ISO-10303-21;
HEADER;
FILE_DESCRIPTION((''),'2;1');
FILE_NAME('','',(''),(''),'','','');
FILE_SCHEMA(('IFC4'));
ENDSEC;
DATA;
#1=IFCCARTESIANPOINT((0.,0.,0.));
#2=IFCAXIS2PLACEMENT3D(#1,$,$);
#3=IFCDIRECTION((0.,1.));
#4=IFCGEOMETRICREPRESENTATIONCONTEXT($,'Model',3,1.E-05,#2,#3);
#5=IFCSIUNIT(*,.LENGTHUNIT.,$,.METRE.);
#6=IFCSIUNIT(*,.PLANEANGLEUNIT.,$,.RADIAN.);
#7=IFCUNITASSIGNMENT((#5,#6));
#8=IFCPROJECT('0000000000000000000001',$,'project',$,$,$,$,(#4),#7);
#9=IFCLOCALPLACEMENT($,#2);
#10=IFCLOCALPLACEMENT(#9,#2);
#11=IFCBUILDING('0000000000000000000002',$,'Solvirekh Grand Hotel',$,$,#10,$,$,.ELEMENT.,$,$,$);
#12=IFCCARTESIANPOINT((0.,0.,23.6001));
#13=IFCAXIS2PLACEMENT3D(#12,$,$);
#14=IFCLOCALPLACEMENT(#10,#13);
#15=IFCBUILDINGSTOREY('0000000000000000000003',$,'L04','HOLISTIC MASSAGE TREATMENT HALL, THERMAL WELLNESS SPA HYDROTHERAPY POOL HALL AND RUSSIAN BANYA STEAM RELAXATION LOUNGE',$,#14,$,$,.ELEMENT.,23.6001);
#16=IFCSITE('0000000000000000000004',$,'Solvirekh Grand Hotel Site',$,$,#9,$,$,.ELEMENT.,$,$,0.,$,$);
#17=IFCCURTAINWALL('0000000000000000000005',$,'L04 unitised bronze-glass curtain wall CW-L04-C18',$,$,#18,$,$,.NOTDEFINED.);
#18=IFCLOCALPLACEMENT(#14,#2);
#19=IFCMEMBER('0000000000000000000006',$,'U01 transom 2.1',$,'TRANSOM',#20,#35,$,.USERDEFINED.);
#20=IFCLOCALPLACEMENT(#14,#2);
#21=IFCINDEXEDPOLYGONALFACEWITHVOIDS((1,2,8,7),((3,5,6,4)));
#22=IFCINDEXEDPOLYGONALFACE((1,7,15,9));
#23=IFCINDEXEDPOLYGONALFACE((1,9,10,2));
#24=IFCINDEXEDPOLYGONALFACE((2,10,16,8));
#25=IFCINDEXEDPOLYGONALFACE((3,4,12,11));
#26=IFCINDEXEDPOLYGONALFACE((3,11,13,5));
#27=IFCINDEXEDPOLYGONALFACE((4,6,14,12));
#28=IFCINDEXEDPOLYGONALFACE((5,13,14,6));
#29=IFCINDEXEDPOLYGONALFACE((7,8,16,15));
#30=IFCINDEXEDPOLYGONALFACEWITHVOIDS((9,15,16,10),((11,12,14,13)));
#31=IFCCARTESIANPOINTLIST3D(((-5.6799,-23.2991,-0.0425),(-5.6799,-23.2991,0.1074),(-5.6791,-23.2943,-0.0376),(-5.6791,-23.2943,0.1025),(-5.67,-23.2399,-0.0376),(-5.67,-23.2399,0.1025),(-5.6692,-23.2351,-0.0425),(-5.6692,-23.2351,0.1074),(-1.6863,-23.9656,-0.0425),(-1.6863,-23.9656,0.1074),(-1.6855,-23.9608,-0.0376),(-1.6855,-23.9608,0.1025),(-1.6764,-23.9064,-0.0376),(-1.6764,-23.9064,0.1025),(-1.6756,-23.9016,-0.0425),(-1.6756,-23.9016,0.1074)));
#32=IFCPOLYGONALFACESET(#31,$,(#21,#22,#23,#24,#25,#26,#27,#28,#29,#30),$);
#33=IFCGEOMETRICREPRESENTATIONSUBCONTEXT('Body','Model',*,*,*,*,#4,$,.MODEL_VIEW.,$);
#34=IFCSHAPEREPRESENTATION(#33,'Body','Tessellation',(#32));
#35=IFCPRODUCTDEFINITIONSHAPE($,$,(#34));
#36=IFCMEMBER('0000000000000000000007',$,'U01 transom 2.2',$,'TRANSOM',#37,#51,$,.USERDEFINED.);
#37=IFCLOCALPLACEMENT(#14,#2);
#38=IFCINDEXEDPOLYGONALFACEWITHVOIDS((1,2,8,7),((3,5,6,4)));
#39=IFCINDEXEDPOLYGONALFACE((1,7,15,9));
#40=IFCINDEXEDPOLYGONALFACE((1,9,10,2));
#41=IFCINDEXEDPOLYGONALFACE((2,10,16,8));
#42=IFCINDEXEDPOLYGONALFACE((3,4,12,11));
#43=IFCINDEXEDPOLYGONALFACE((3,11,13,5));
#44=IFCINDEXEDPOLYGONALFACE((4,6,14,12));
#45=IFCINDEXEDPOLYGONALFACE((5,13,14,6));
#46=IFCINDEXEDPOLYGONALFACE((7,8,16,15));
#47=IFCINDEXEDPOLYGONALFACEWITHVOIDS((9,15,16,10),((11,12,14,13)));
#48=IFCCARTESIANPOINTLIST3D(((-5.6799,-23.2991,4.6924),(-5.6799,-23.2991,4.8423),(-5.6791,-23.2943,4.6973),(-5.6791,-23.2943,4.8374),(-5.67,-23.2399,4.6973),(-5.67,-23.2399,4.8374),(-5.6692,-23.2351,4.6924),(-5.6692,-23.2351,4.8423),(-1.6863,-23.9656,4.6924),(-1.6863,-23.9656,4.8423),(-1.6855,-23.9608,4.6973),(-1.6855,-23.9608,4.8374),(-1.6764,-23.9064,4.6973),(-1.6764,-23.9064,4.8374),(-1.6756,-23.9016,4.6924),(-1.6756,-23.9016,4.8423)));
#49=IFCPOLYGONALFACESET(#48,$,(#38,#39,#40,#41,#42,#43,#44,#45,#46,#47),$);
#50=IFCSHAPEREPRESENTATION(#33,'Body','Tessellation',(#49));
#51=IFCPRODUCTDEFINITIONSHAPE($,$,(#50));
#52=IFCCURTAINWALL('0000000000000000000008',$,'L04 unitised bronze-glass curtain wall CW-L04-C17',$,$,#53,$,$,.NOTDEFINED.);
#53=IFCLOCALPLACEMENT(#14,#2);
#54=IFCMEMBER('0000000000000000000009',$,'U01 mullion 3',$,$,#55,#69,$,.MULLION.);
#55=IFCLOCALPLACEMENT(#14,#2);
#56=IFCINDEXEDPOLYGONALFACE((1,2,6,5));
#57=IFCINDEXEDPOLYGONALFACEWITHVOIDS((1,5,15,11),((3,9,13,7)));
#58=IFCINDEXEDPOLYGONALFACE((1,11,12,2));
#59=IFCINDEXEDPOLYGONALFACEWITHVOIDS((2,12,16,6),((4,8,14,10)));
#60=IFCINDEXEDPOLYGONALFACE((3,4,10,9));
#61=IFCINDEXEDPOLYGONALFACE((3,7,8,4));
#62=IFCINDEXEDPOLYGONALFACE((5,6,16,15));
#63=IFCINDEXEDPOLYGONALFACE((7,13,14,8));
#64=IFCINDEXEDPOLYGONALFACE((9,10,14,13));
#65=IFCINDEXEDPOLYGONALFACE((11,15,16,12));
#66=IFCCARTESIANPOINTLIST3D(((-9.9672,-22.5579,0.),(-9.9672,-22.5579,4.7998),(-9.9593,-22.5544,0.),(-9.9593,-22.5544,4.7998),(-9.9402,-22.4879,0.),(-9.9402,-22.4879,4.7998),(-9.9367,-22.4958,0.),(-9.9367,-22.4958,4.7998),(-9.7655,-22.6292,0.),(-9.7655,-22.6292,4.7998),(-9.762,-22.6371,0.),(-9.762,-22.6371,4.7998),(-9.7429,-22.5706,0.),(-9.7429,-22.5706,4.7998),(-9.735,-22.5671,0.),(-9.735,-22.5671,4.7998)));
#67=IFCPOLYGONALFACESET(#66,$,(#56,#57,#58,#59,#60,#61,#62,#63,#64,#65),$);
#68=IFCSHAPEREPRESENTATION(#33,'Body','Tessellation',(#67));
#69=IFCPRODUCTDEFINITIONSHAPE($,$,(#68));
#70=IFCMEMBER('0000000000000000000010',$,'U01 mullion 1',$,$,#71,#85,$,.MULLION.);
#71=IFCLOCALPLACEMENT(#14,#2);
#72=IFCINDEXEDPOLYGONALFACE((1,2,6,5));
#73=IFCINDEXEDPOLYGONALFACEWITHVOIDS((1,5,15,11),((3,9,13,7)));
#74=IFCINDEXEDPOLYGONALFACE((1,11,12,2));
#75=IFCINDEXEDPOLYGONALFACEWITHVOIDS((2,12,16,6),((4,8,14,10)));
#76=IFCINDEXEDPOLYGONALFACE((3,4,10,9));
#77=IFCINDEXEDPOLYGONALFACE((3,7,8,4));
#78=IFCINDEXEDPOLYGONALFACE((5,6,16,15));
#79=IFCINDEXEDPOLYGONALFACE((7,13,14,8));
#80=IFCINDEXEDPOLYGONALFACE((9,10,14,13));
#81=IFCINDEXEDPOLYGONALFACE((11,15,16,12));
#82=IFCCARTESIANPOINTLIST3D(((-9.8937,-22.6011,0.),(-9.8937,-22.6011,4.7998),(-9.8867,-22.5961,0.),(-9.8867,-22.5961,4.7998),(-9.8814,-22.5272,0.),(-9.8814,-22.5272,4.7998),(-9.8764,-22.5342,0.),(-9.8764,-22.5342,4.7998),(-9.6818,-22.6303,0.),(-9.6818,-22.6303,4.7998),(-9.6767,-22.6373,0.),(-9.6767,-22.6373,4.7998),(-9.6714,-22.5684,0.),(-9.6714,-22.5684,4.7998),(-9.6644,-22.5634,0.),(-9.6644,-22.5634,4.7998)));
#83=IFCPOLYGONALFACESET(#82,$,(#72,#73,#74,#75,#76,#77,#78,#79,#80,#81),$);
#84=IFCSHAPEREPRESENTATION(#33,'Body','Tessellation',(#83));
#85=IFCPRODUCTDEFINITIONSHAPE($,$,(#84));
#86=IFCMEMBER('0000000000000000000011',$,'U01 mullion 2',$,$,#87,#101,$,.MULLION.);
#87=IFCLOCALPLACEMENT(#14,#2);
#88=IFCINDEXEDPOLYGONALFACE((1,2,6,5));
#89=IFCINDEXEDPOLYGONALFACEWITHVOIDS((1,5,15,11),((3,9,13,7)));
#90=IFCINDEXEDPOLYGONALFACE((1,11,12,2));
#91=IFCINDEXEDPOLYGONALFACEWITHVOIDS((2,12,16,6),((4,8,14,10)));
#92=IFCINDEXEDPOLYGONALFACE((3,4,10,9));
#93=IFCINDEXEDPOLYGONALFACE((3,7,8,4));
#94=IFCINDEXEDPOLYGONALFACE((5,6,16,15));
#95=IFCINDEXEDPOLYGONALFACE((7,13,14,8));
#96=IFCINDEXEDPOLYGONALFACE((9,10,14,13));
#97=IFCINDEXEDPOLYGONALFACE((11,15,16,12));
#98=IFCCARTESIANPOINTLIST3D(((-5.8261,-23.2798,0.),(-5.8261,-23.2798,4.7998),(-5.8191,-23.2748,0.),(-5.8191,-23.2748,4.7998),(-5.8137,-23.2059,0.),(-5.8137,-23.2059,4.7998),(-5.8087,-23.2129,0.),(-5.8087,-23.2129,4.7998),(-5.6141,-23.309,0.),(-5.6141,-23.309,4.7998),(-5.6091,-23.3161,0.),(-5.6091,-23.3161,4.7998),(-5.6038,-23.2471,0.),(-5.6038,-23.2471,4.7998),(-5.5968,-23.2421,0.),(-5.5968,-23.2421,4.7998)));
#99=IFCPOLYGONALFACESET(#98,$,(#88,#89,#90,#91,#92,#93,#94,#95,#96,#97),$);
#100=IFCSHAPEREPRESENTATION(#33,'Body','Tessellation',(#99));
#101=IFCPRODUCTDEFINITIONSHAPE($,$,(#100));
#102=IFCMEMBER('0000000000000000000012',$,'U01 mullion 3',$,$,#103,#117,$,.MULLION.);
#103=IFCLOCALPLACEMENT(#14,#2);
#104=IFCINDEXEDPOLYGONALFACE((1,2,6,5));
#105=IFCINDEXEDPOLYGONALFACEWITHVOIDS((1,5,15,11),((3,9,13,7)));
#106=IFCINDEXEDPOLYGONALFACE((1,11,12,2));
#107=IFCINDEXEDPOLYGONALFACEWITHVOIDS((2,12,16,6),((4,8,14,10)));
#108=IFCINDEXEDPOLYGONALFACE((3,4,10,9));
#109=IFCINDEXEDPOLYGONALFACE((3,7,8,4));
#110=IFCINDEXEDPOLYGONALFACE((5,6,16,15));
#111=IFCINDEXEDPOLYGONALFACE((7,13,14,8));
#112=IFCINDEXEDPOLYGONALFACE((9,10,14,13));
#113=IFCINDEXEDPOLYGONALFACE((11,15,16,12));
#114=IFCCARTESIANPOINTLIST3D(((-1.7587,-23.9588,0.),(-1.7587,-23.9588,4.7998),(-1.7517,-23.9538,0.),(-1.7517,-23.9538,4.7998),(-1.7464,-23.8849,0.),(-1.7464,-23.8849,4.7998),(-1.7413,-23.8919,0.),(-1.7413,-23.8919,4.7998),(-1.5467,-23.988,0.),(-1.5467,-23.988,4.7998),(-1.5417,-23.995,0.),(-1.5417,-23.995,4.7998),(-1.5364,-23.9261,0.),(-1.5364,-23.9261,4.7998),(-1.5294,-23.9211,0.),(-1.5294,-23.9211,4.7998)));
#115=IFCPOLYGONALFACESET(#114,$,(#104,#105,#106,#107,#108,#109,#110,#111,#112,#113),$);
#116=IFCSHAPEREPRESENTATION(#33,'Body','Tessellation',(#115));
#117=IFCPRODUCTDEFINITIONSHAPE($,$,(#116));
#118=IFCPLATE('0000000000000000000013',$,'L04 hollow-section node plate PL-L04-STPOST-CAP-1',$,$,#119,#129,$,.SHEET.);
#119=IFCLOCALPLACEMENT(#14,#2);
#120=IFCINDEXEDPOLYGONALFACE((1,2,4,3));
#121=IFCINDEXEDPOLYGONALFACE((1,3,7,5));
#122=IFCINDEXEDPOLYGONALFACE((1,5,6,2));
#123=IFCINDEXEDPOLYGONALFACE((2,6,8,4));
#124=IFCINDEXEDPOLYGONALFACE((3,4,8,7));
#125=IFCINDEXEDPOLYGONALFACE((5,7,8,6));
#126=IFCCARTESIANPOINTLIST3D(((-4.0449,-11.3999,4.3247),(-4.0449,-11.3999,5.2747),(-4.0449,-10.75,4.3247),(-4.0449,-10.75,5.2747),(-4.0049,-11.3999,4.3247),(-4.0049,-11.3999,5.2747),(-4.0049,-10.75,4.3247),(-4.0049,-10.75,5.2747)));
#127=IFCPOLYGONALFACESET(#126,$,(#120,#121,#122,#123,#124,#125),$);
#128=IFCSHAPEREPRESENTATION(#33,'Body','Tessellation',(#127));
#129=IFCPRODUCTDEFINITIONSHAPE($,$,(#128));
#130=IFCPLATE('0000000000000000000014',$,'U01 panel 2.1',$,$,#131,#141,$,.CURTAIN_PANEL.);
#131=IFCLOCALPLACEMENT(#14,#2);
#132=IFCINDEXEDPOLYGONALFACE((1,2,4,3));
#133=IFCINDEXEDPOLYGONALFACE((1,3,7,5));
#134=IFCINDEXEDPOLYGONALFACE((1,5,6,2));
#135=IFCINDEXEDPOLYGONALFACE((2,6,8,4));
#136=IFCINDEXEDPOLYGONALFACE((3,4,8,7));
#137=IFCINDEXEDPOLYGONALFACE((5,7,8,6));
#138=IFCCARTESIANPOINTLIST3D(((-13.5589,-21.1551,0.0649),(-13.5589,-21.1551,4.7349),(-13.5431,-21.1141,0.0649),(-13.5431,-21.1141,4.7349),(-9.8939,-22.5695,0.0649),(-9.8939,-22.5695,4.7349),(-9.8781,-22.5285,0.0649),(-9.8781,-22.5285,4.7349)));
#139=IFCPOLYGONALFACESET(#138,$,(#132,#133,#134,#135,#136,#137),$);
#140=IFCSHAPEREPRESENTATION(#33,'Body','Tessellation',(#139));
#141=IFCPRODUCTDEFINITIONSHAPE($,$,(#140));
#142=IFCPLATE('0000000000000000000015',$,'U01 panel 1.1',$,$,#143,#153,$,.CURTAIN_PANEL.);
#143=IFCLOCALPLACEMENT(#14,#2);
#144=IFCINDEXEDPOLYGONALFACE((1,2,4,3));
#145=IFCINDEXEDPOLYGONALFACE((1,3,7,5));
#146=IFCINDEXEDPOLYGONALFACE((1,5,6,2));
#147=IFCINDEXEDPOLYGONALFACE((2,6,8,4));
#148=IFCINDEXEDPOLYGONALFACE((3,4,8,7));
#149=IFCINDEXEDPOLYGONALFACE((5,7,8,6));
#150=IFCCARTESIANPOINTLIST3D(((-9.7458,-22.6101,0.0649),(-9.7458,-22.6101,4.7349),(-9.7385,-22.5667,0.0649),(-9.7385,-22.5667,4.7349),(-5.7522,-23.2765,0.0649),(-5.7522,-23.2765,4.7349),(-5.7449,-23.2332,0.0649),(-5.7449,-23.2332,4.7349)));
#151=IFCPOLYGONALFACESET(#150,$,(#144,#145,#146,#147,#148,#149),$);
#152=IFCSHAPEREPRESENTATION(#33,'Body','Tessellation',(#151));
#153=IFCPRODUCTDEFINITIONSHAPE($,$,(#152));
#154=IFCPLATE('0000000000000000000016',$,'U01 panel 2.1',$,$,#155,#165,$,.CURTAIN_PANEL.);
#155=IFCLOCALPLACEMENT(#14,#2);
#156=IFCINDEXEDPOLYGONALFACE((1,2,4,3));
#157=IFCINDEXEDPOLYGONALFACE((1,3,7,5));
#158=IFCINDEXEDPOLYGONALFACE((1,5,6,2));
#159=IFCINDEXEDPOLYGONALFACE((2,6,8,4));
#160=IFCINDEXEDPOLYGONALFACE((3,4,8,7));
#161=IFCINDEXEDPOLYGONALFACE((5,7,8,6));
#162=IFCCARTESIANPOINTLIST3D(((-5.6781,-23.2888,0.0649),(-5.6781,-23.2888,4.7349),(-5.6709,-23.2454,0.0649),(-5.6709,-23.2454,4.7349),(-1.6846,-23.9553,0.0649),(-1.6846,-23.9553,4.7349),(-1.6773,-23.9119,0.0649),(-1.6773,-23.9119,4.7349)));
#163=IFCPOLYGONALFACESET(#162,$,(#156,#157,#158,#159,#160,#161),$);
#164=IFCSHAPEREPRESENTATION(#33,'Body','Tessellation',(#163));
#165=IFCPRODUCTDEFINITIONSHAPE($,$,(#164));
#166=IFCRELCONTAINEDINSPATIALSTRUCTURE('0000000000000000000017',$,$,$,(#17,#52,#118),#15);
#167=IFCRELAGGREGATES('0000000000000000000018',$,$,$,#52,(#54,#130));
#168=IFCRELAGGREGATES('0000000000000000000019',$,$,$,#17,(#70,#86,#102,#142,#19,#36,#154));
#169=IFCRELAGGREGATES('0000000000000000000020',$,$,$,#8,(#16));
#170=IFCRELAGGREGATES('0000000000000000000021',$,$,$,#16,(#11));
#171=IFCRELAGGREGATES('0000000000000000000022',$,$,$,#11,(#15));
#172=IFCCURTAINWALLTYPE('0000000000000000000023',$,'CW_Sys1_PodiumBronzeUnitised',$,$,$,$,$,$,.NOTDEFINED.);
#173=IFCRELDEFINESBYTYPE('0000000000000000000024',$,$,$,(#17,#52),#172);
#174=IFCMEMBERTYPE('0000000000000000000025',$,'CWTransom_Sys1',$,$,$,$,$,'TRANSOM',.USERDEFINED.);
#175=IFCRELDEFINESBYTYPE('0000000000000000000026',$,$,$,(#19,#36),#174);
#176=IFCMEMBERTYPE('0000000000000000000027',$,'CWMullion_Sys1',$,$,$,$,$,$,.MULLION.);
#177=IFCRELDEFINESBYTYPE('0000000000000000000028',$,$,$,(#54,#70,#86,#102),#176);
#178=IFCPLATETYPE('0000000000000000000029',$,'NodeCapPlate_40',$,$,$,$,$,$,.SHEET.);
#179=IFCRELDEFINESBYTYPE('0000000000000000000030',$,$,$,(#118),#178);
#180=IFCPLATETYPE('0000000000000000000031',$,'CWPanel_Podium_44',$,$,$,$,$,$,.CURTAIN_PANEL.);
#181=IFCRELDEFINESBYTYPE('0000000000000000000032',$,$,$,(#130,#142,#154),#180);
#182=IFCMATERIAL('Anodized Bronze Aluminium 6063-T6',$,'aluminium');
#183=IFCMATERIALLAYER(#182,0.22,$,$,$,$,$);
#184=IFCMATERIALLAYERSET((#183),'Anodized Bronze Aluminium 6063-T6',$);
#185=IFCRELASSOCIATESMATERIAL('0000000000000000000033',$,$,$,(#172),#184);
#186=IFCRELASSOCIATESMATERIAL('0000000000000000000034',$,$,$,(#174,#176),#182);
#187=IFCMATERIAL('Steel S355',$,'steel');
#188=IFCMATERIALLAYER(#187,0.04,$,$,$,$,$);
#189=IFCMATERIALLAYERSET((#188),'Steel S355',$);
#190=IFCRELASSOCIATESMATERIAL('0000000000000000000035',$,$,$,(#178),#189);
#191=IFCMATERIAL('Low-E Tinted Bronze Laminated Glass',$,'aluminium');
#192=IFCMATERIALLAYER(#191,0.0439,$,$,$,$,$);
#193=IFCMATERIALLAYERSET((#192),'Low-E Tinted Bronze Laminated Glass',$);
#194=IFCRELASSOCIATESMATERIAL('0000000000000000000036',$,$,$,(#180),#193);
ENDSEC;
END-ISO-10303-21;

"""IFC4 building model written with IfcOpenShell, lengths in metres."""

from ifc_helpers import new_model, si_unit, direction, frame, origin, origin_2d, place, context, subcontext, project, spatial, rectangle, hollow_rectangle, extrude, source, transform, mapped, material, layer, layer_set, material_profile, profile_set, type_object, element, aggregate, save


model = new_model("IFC4")

# Units and contexts
model_context = context("Model", 3, precision=1e-05, world=origin(), true_north=direction((0.0, 1.0)))
body_context = subcontext(model_context, "Body", "Model", "MODEL_VIEW")
ifc_project = project(units=[si_unit("LENGTHUNIT", "METRE"), si_unit("PLANEANGLEUNIT", "RADIAN")], contexts=[model_context])

# Site, building, storey
site_placement = place(None, origin())
site = spatial("IfcSite", under=ifc_project, at=site_placement, Name="Solvirekh Grand Hotel Site", CompositionType="ELEMENT", RefElevation=0.0)
building_placement = place(site_placement, origin())
building = spatial("IfcBuilding", under=site, at=building_placement, Name="Solvirekh Grand Hotel", CompositionType="ELEMENT")
storey_placement = place(building_placement, frame((0.0, 0.0, 23.6001)))
storey = spatial("IfcBuildingStorey", under=building, at=storey_placement, Name="L04", Description="HOLISTIC MASSAGE TREATMENT HALL, THERMAL WELLNESS SPA HYDROTHERAPY POOL HALL AND RUSSIAN BANYA STEAM RELAXATION LOUNGE", CompositionType="ELEMENT", Elevation=23.6001)

# Shared definitions
ifc_material_1 = material(Name="Steel S355", Category="steel")

# Curtain wall, members
ifc_material_2 = material(Name="Anodized Bronze Aluminium 6063-T6", Category="aluminium")
ifc_layer_1 = layer(ifc_material_2, 0.22)
ifc_layer_set_1 = layer_set([ifc_layer_1], Name="Anodized Bronze Aluminium 6063-T6")
curtain_wall_type = type_object("IfcCurtainWallType", Name="CW_Sys1_PodiumBronzeUnitised", PredefinedType="NOTDEFINED", material=ifc_layer_set_1)
curtain_wall_1_placement = place(storey_placement, origin())
curtain_wall_1 = element("IfcCurtainWall", 1, at=curtain_wall_1_placement, inside=storey, type_object=curtain_wall_type, Name="L04 unitised bronze-glass curtain wall CW-L04-C18", PredefinedType="NOTDEFINED")
ifc_material_profile_1 = material_profile(ifc_material_2, hollow_rectangle(XDim=0.0649, YDim=0.1499, WallThickness=0.0049, at=origin_2d()), Name="ALU RHS 150X65X5")
ifc_profile_set_1 = profile_set([ifc_material_profile_1], Name="Anodized Bronze Aluminium 6063-T6")
member_type_1 = type_object("IfcMemberType", Name="CWTransom_Sys1", ElementType="TRANSOM", PredefinedType="USERDEFINED", material=ifc_profile_set_1)
shared_shape_1 = source(origin(), body_context, "Body", "SweptSolid", [
    extrude(hollow_rectangle(XDim=0.0649, YDim=0.1499, WallThickness=0.0049, at=origin_2d()), origin(), (0.0, 0.0, 1.0), 4.0488),
])
member_1_placement = place(storey_placement, frame((-5.6746, -23.2671, 0.0325), z_axis=(0.986358, -0.164614, 0.0), x_axis=(0.164614, 0.986358, 0.0)))
member_1 = element("IfcMember", 2, at=member_1_placement, type_object=member_type_1, Name="U01 transom 2.1", ObjectType="TRANSOM", PredefinedType="USERDEFINED", context=body_context, shape_type="MappedRepresentation", body=[
    mapped(shared_shape_1, transform((0.0, 0.0, 0.0), x_axis=(1.0, 0.0, 0.0), y_axis=(0.0, 1.0, 0.0), z_axis=(0.0, 0.0, 1.0), scale=1.0)),
])
member_2_placement = place(storey_placement, frame((-5.6746, -23.2671, 4.7673), z_axis=(0.986358, -0.164614, 0.0), x_axis=(0.164614, 0.986358, 0.0)))
member_2 = element("IfcMember", 3, at=member_2_placement, type_object=member_type_1, Name="U01 transom 2.2", ObjectType="TRANSOM", PredefinedType="USERDEFINED", context=body_context, shape_type="MappedRepresentation", body=[
    mapped(shared_shape_1, transform((0.0, 0.0, 0.0), x_axis=(1.0, 0.0, 0.0), y_axis=(0.0, 1.0, 0.0), z_axis=(0.0, 0.0, 1.0), scale=1.0)),
])

# Curtain wall, member
curtain_wall_2_placement = place(storey_placement, origin())
curtain_wall_2 = element("IfcCurtainWall", 4, at=curtain_wall_2_placement, inside=storey, type_object=curtain_wall_type, Name="L04 unitised bronze-glass curtain wall CW-L04-C17", PredefinedType="NOTDEFINED")
ifc_material_profile_2 = material_profile(ifc_material_2, hollow_rectangle(XDim=0.075, YDim=0.22, WallThickness=0.0061, at=origin_2d()), Name="ALU RHS 220X75X6")
ifc_profile_set_2 = profile_set([ifc_material_profile_2], Name="Anodized Bronze Aluminium 6063-T6")
member_type_2 = type_object("IfcMemberType", Name="CWMullion_Sys1", PredefinedType="MULLION", material=ifc_profile_set_2)
shared_shape_2 = source(origin(), body_context, "Body", "SweptSolid", [
    extrude(hollow_rectangle(XDim=0.075, YDim=0.22, WallThickness=0.0061, at=origin_2d()), origin(), (0.0, 0.0, 1.0), 4.7998),
])
member_3_placement = place(storey_placement, frame((-9.8511, -22.5625, 0.0), z_axis=(0.0, 0.0, 1.0), x_axis=(0.360057, 0.93293, 0.0)))
member_3 = element("IfcMember", 5, at=member_3_placement, type_object=member_type_2, Name="U01 mullion 3", PredefinedType="MULLION", context=body_context, shape_type="MappedRepresentation", body=[
    mapped(shared_shape_2, transform((0.0, 0.0, 0.0), x_axis=(1.0, 0.0, 0.0), y_axis=(0.0, 1.0, 0.0), z_axis=(0.0, 0.0, 1.0), scale=1.0)),
])

# Members
member_4_placement = place(storey_placement, frame((-9.7791, -22.5823, 0.0), z_axis=(0.0, 0.0, 1.0), x_axis=(0.164613, 0.986358, 0.0)))
member_4 = element("IfcMember", 6, at=member_4_placement, type_object=member_type_2, Name="U01 mullion 1", PredefinedType="MULLION", context=body_context, shape_type="MappedRepresentation", body=[
    mapped(shared_shape_2, transform((0.0, 0.0, 0.0), x_axis=(1.0, 0.0, 0.0), y_axis=(0.0, 1.0, 0.0), z_axis=(0.0, 0.0, 1.0), scale=1.0)),
])
member_5_placement = place(storey_placement, frame((-5.7114, -23.261, 0.0), z_axis=(0.0, 0.0, 1.0), x_axis=(0.164613, 0.986358, 0.0)))
member_5 = element("IfcMember", 7, at=member_5_placement, type_object=member_type_2, Name="U01 mullion 2", PredefinedType="MULLION", context=body_context, shape_type="MappedRepresentation", body=[
    mapped(shared_shape_2, transform((0.0, 0.0, 0.0), x_axis=(1.0, 0.0, 0.0), y_axis=(0.0, 1.0, 0.0), z_axis=(0.0, 0.0, 1.0), scale=1.0)),
])
member_6_placement = place(storey_placement, frame((-1.644, -23.9399, 0.0), z_axis=(0.0, 0.0, 1.0), x_axis=(0.164613, 0.986358, 0.0)))
member_6 = element("IfcMember", 8, at=member_6_placement, type_object=member_type_2, Name="U01 mullion 3", PredefinedType="MULLION", context=body_context, shape_type="MappedRepresentation", body=[
    mapped(shared_shape_2, transform((0.0, 0.0, 0.0), x_axis=(1.0, 0.0, 0.0), y_axis=(0.0, 1.0, 0.0), z_axis=(0.0, 0.0, 1.0), scale=1.0)),
])

# Plates
ifc_layer_2 = layer(ifc_material_1, 0.04)
ifc_layer_set_2 = layer_set([ifc_layer_2], Name="Steel S355")
plate_type_1 = type_object("IfcPlateType", Name="NodeCapPlate_40", PredefinedType="SHEET", material=ifc_layer_set_2)
plate_1_placement = place(storey_placement, frame((-4.0249, -11.075, 4.3247), z_axis=(0.0, 0.0, 1.0), x_axis=(1.0, 0.0, 0.0)))
element("IfcPlate", 9, at=plate_1_placement, inside=storey, type_object=plate_type_1, Name="L04 hollow-section node plate PL-L04-STPOST-CAP-1", PredefinedType="SHEET", context=body_context, shape_type="SweptSolid", body=[
    extrude(rectangle(XDim=0.04, YDim=0.6499, at=origin_2d()), origin(), (0.0, 0.0, 1.0), 0.95),
])
ifc_material_3 = material(Name="Low-E Tinted Bronze Laminated Glass", Category="aluminium")
ifc_layer_3 = layer(ifc_material_3, 0.0439)
ifc_layer_set_3 = layer_set([ifc_layer_3], Name="Low-E Tinted Bronze Laminated Glass")
plate_type_2 = type_object("IfcPlateType", Name="CWPanel_Podium_44", PredefinedType="CURTAIN_PANEL", material=ifc_layer_set_3)
shared_shape_3 = source(origin(), body_context, "Body", "SweptSolid", [
    extrude(rectangle(XDim=3.9285, YDim=0.0439, at=origin_2d()), origin(), (0.0, 0.0, 1.0), 4.6699),
])
plate_2_placement = place(storey_placement, frame((-11.7185, -21.8418, 0.0649), z_axis=(0.0, 0.0, 1.0), x_axis=(0.93293, -0.360057, 0.0)))
plate_2 = element("IfcPlate", 10, at=plate_2_placement, type_object=plate_type_2, Name="U01 panel 2.1", PredefinedType="CURTAIN_PANEL", context=body_context, shape_type="MappedRepresentation", body=[
    mapped(shared_shape_3, transform((0.0, 0.0, 0.0), x_axis=(1.0, 0.0, 0.0), y_axis=(0.0, 1.0, 0.0), z_axis=(0.0, 0.0, 1.0), scale=1.0)),
])
aggregate(curtain_wall_2, [member_3, plate_2])
shared_shape_4 = source(origin(), body_context, "Body", "SweptSolid", [
    extrude(rectangle(XDim=4.0488, YDim=0.0439, at=origin_2d()), origin(), (0.0, 0.0, 1.0), 4.6699),
])
plate_3_placement = place(storey_placement, frame((-7.7454, -22.9216, 0.0649), z_axis=(0.0, 0.0, 1.0), x_axis=(0.986358, -0.164613, 0.0)))
plate_3 = element("IfcPlate", 11, at=plate_3_placement, type_object=plate_type_2, Name="U01 panel 1.1", PredefinedType="CURTAIN_PANEL", context=body_context, shape_type="MappedRepresentation", body=[
    mapped(shared_shape_4, transform((0.0, 0.0, 0.0), x_axis=(1.0, 0.0, 0.0), y_axis=(0.0, 1.0, 0.0), z_axis=(0.0, 0.0, 1.0), scale=1.0)),
])
plate_4_placement = place(storey_placement, frame((-3.6777, -23.6003, 0.0649), z_axis=(0.0, 0.0, 1.0), x_axis=(0.986358, -0.164613, 0.0)))
plate_4 = element("IfcPlate", 12, at=plate_4_placement, type_object=plate_type_2, Name="U01 panel 2.1", PredefinedType="CURTAIN_PANEL", context=body_context, shape_type="MappedRepresentation", body=[
    mapped(shared_shape_4, transform((0.0, 0.0, 0.0), x_axis=(1.0, 0.0, 0.0), y_axis=(0.0, 1.0, 0.0), z_axis=(0.0, 0.0, 1.0), scale=1.0)),
])
aggregate(curtain_wall_1, [member_4, member_5, member_6, plate_3, member_1, member_2, plate_4])

save(model, "model.ifc")
